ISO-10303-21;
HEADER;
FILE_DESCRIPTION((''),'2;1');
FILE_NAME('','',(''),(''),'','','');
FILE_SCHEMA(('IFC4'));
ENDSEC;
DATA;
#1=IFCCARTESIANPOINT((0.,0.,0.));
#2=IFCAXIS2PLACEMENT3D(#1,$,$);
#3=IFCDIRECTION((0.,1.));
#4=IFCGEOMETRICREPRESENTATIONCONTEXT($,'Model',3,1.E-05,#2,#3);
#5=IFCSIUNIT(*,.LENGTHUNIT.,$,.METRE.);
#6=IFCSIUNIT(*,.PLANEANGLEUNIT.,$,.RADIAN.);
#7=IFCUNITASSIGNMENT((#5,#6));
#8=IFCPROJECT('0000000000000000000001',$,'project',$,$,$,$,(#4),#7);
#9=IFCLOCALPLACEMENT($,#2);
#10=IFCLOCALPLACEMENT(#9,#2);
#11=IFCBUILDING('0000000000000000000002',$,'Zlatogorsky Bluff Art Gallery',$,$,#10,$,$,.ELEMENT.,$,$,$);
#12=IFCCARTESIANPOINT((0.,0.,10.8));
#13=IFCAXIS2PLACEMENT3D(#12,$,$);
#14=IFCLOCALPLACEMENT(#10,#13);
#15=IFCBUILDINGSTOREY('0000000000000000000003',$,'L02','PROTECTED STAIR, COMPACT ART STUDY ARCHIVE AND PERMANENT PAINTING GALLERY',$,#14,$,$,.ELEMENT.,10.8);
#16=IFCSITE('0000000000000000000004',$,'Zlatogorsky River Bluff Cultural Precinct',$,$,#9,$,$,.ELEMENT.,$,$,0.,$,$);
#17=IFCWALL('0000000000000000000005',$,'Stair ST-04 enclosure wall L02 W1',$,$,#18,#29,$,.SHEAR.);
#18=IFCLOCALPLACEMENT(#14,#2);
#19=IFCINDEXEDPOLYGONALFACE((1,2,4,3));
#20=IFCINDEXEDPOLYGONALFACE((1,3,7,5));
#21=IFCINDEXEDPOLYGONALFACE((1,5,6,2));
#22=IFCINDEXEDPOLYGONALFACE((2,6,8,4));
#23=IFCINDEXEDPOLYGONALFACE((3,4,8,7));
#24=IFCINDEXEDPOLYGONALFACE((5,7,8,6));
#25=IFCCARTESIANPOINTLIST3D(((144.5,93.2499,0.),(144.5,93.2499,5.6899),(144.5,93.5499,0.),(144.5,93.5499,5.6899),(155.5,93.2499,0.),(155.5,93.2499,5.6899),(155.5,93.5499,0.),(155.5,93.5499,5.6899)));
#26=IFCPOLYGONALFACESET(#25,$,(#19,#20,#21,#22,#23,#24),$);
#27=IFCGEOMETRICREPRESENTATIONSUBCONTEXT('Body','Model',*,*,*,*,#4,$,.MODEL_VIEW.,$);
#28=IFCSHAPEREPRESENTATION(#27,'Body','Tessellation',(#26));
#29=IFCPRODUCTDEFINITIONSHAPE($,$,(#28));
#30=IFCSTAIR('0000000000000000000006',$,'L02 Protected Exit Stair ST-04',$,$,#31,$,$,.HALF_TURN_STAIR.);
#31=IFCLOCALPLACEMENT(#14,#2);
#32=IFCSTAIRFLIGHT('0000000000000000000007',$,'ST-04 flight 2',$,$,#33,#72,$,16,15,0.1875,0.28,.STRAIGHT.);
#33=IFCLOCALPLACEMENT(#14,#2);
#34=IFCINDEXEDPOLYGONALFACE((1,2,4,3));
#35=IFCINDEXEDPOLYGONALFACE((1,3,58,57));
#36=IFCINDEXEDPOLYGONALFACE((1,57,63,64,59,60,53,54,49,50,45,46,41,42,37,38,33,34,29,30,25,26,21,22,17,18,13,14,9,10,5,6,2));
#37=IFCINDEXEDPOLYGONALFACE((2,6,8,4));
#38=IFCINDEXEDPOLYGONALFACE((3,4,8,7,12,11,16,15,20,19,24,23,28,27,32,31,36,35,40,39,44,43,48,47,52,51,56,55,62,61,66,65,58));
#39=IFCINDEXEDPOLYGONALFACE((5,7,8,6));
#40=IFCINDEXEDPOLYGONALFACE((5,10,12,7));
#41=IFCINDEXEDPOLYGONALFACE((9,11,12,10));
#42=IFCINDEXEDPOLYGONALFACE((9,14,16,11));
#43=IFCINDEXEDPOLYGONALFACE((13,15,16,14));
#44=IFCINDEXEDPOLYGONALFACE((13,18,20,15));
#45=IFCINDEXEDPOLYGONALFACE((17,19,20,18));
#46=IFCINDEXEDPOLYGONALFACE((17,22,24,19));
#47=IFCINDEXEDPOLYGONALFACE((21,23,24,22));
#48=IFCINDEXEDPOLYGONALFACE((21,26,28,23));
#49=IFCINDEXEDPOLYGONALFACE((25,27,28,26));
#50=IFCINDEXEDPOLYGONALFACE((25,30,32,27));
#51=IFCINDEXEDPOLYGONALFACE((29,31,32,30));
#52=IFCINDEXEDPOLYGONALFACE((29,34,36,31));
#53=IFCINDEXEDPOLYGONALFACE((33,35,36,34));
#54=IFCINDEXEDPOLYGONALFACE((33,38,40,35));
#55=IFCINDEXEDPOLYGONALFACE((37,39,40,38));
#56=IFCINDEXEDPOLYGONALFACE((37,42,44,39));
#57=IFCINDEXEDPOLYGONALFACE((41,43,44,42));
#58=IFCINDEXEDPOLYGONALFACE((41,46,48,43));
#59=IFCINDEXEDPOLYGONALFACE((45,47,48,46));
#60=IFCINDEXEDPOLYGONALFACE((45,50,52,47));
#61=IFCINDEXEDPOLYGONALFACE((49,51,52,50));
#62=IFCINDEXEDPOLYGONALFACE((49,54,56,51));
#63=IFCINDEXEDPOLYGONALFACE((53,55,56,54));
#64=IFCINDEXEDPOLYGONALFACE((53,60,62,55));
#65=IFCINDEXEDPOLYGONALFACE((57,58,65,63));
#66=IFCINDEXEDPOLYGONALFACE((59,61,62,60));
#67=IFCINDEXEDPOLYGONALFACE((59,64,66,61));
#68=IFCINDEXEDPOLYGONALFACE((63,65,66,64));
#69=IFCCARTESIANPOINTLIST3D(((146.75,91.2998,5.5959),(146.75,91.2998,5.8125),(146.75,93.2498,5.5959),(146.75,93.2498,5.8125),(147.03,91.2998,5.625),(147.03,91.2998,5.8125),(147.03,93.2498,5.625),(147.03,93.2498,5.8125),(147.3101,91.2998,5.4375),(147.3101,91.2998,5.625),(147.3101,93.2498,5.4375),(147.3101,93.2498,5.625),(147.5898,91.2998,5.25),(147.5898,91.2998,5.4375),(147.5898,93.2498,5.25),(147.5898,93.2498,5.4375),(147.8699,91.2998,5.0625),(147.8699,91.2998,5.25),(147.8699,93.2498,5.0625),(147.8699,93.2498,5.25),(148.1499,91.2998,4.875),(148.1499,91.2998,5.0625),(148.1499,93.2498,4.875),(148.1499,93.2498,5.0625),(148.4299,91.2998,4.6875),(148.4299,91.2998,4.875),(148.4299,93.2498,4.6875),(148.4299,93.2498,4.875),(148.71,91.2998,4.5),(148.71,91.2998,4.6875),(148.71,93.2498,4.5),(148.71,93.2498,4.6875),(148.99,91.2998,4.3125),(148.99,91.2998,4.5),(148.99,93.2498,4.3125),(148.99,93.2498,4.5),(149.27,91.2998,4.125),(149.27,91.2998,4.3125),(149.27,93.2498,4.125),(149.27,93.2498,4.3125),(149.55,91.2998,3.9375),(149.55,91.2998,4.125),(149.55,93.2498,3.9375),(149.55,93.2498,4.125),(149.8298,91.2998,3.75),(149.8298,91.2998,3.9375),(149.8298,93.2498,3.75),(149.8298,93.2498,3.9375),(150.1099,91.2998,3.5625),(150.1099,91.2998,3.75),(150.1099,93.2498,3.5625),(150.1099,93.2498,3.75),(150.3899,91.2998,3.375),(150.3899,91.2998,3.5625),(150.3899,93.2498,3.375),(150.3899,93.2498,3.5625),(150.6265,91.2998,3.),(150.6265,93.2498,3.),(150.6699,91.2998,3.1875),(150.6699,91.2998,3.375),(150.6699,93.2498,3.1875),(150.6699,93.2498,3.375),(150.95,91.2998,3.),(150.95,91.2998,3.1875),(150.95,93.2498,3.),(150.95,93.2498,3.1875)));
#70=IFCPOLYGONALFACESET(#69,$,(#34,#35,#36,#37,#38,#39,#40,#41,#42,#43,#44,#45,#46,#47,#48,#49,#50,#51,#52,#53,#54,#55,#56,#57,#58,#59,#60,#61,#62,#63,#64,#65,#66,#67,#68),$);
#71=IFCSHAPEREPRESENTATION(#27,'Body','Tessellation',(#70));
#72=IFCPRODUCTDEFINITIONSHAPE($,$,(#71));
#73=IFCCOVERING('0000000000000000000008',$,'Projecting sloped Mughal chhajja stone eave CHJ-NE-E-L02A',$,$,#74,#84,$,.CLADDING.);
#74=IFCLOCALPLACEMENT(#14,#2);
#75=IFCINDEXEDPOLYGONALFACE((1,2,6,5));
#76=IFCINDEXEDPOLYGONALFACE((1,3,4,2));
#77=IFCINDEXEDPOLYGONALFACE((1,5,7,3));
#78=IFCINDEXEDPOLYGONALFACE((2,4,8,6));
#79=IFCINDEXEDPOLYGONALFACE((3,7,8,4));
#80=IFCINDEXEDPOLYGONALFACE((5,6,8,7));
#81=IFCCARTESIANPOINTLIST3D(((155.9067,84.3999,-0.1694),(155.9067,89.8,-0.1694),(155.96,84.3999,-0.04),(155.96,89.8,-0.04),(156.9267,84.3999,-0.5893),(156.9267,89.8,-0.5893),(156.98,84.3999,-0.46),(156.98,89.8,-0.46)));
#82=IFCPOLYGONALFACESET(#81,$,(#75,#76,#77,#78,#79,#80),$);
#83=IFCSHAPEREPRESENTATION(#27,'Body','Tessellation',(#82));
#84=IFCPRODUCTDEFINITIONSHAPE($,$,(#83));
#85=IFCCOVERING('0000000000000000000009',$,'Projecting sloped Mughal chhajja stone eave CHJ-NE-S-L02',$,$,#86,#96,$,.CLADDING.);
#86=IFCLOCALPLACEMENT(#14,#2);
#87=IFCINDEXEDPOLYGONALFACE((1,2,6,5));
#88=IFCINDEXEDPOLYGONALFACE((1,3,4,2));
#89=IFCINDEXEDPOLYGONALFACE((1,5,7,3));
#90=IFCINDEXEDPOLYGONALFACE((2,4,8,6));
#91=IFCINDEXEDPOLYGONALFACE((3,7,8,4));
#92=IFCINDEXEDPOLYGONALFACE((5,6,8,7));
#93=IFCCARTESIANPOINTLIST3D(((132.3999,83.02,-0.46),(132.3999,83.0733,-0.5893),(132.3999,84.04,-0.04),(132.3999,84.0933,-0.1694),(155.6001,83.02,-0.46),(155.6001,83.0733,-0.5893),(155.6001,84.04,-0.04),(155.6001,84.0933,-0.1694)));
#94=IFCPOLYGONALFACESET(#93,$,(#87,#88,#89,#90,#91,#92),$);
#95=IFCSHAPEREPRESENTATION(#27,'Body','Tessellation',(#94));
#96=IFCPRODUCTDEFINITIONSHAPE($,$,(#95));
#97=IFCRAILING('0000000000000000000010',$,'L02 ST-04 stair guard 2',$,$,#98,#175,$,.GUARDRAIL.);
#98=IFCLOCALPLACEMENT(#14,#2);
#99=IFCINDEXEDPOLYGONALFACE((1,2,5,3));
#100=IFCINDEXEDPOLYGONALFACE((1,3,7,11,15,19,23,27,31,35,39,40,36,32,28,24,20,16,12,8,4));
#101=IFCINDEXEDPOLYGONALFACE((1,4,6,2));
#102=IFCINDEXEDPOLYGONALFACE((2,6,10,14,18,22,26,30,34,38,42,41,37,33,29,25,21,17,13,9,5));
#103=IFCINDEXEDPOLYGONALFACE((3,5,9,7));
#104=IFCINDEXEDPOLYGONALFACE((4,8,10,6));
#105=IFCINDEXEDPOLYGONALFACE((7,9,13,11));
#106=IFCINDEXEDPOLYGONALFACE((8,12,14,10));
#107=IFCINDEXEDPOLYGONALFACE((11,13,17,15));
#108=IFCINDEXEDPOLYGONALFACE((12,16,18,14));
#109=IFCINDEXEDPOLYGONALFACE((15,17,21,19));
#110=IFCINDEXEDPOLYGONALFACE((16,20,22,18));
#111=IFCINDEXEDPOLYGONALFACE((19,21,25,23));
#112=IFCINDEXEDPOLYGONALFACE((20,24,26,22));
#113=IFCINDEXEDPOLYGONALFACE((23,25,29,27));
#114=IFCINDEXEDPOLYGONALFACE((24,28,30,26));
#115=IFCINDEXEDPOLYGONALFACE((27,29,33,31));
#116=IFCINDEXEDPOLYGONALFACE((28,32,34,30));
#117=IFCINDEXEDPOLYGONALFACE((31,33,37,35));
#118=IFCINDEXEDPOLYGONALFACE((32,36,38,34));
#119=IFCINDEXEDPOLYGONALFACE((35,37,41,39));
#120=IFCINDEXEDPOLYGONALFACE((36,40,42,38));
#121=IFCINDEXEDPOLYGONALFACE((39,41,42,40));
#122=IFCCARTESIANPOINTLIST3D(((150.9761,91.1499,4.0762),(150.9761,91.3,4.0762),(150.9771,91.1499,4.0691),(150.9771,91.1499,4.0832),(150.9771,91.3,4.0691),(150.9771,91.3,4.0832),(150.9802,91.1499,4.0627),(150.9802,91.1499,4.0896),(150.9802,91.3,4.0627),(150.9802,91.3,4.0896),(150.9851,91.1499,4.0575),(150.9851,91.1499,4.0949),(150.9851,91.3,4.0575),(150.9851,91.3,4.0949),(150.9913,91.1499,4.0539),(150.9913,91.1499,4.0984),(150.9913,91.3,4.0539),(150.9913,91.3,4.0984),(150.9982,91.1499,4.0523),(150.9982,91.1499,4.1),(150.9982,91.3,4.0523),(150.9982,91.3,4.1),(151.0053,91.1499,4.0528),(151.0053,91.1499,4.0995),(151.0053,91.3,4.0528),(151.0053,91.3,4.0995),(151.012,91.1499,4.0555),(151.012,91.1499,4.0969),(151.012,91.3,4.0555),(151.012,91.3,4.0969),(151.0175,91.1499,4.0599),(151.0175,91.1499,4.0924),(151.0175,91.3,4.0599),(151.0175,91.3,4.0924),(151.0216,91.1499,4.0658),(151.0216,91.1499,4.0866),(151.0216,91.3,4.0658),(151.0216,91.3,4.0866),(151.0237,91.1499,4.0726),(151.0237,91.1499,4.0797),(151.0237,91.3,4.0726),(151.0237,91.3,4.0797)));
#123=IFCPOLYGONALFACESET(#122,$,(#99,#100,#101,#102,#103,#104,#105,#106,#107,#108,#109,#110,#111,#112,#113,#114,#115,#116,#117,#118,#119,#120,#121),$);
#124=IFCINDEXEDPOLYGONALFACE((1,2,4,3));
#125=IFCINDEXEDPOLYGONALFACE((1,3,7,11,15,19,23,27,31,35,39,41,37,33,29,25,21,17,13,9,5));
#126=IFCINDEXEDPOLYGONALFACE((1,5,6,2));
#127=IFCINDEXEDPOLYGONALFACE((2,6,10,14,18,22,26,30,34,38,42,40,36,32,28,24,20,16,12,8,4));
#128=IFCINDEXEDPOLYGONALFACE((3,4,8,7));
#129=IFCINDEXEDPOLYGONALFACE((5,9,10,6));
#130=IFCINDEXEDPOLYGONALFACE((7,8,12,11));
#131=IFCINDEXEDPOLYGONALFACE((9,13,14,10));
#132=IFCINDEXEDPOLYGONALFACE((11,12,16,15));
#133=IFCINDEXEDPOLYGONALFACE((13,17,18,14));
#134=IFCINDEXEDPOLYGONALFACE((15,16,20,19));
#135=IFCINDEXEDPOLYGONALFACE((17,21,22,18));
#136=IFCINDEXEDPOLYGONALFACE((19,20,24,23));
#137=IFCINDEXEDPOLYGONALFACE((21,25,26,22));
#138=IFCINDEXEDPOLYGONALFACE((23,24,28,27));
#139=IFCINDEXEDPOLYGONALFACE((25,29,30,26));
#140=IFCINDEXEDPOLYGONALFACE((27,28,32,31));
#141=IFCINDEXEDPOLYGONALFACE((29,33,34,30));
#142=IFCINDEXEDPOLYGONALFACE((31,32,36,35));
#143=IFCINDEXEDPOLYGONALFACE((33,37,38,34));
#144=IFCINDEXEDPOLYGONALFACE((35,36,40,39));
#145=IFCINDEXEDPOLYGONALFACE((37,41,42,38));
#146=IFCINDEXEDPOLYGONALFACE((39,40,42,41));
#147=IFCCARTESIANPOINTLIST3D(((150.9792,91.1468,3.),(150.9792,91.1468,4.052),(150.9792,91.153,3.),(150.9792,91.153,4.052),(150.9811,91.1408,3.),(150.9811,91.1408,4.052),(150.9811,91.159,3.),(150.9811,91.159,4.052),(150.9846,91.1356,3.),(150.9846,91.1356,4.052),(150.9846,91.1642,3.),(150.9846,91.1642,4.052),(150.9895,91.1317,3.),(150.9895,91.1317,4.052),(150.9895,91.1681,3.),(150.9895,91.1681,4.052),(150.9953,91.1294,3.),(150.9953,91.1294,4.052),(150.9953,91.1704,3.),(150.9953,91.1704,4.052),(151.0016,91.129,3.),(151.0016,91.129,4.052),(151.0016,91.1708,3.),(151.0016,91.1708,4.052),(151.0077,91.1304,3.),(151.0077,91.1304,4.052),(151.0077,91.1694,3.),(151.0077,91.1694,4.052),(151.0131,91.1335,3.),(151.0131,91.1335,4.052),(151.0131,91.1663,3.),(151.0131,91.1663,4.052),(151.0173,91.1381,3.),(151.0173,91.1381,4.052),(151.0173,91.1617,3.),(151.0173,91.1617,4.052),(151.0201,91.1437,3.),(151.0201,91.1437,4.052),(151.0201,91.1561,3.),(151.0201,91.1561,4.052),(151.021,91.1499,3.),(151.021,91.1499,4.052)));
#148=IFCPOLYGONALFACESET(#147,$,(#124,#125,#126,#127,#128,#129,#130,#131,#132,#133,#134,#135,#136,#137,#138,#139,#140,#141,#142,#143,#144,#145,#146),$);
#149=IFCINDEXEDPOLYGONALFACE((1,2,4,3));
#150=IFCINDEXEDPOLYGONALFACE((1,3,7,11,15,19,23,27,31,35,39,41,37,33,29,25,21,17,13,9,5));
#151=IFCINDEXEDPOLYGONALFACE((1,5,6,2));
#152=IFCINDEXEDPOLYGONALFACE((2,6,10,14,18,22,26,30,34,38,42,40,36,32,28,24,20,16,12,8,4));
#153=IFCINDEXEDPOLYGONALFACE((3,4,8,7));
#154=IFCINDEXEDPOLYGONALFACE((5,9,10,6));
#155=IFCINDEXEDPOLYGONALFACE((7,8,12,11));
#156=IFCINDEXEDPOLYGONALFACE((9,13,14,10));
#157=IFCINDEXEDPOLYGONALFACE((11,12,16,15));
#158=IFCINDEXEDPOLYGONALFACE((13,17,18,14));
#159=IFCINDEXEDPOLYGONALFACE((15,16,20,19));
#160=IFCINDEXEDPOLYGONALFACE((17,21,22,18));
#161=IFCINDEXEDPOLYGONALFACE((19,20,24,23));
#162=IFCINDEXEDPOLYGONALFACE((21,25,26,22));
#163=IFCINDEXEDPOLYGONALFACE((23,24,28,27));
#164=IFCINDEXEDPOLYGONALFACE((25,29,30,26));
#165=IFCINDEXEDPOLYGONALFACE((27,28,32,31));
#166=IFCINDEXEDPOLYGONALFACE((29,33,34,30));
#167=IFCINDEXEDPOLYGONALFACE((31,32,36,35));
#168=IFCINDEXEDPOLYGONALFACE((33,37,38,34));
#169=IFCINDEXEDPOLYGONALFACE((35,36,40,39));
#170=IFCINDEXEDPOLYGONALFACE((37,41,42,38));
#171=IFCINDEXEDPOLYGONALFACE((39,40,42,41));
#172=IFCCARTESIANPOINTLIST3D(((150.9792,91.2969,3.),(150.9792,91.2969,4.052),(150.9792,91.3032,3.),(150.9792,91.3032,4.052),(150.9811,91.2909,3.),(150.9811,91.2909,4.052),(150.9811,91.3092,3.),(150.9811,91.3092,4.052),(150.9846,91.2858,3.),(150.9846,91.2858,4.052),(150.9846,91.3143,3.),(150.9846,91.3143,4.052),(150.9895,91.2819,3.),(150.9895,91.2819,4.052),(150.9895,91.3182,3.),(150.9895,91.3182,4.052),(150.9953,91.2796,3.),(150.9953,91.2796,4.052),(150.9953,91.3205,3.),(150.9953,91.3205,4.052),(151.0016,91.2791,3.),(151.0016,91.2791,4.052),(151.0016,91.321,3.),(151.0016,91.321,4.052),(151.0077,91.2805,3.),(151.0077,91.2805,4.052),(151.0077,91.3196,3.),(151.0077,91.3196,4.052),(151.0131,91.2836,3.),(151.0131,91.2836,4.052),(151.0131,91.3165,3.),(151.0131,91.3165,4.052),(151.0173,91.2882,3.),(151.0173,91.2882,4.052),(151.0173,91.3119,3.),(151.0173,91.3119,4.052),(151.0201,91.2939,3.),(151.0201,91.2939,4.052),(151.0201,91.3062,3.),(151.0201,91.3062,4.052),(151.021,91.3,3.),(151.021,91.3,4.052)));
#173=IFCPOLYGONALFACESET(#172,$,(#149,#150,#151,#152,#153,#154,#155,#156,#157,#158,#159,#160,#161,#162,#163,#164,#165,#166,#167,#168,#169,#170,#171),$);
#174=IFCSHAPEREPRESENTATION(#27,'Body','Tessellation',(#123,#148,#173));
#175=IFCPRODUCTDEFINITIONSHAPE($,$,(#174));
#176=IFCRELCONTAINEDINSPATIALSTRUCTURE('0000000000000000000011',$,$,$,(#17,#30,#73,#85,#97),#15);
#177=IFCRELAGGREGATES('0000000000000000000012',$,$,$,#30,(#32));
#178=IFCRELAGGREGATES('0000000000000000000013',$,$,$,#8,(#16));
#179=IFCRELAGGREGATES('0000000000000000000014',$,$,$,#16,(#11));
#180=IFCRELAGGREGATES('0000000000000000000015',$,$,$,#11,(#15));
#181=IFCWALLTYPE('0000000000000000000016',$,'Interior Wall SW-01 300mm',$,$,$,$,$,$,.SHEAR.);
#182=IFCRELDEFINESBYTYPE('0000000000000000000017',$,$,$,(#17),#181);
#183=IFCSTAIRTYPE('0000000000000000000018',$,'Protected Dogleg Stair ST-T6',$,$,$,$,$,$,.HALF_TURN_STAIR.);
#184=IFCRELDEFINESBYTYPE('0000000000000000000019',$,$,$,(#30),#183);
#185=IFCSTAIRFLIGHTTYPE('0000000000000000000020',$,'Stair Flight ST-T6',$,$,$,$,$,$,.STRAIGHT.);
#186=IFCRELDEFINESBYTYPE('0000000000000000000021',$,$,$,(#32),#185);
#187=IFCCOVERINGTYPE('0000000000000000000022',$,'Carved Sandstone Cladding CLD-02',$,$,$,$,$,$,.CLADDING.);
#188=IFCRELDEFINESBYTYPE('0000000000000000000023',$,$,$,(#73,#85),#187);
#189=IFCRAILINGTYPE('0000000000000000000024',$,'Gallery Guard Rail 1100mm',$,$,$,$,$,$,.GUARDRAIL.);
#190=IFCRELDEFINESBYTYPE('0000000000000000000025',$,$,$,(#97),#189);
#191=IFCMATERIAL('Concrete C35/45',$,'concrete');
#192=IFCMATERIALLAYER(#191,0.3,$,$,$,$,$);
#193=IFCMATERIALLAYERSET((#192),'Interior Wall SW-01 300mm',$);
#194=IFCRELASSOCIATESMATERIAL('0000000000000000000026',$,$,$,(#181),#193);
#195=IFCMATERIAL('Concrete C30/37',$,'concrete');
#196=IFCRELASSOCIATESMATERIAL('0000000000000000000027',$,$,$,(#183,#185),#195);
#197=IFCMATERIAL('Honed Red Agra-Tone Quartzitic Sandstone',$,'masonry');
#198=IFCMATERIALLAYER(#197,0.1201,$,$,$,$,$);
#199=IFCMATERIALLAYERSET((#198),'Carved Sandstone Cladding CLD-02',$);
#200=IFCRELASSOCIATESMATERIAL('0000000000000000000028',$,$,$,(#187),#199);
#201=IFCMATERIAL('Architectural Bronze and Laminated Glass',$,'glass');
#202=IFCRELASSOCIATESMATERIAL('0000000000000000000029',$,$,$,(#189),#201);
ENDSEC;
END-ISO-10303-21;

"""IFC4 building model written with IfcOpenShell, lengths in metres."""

from ifc_helpers import new_model, si_unit, direction, frame, frame_2d, origin, origin_2d, place, context, subcontext, project, spatial, polyline, rectangle, circle, outline, extrude, material, layer, layer_set, type_object, element, aggregate, save


model = new_model("IFC4")

# Units and contexts
model_context = context("Model", 3, precision=1e-05, world=origin(), true_north=direction((0.0, 1.0)))
body_context = subcontext(model_context, "Body", "Model", "MODEL_VIEW")
ifc_project = project(units=[si_unit("LENGTHUNIT", "METRE"), si_unit("PLANEANGLEUNIT", "RADIAN")], contexts=[model_context])

# Site, building, storey
site_placement = place(None, origin())
site = spatial("IfcSite", under=ifc_project, at=site_placement, Name="Zlatogorsky River Bluff Cultural Precinct", CompositionType="ELEMENT", RefElevation=0.0)
building_placement = place(site_placement, origin())
building = spatial("IfcBuilding", under=site, at=building_placement, Name="Zlatogorsky Bluff Art Gallery", CompositionType="ELEMENT")
storey_placement = place(building_placement, frame((0.0, 0.0, 10.8)))
storey = spatial("IfcBuildingStorey", under=building, at=storey_placement, Name="L02", Description="PROTECTED STAIR, COMPACT ART STUDY ARCHIVE AND PERMANENT PAINTING GALLERY", CompositionType="ELEMENT", Elevation=10.8)

# Shared definitions
ifc_material_1 = material(Name="Concrete C30/37", Category="concrete")

# Wall
ifc_material_2 = material(Name="Concrete C35/45", Category="concrete")
ifc_layer_1 = layer(ifc_material_2, 0.3)
ifc_layer_set_1 = layer_set([ifc_layer_1], Name="Interior Wall SW-01 300mm")
wall_type_1 = type_object("IfcWallType", Name="Interior Wall SW-01 300mm", PredefinedType="SHEAR", material=ifc_layer_set_1)
wall_1_placement = place(storey_placement, frame((155.5, 93.3999, 0.0), z_axis=(0.0, 0.0, 1.0), x_axis=(-1.0, 0.0, 0.0)))
element("IfcWall", 1, at=wall_1_placement, inside=storey, type_object=wall_type_1, Name="Stair ST-04 enclosure wall L02 W1", PredefinedType="SHEAR", context=body_context, shape_type="SweptSolid", body=[
    extrude(rectangle(XDim=11.0, YDim=0.3, at=frame_2d((5.5, 0.0))), origin(), (0.0, 0.0, 1.0), 5.6899),
])

# Stair, stair flight
stair_type = type_object("IfcStairType", Name="Protected Dogleg Stair ST-T6", PredefinedType="HALF_TURN_STAIR", material=ifc_material_1)
stair_placement = place(storey_placement, origin())
stair = element("IfcStair", 2, at=stair_placement, inside=storey, type_object=stair_type, Name="L02 Protected Exit Stair ST-04", PredefinedType="HALF_TURN_STAIR")
stair_flight_type = type_object("IfcStairFlightType", Name="Stair Flight ST-T6", PredefinedType="STRAIGHT", material=ifc_material_1)
stair_flight_placement = place(storey_placement, frame((150.95, 92.2749, 3.0), z_axis=(0.0, 0.0, 1.0), x_axis=(-1.0, 0.0, 0.0)))
stair_flight = element("IfcStairFlight", 3, at=stair_flight_placement, type_object=stair_flight_type, Name="ST-04 flight 2", NumberOfRisers=16, NumberOfTreads=15, PredefinedType="STRAIGHT", RiserHeight=0.1875, TreadLength=0.28, context=body_context, shape_type="SweptSolid", body=[
    extrude(outline(polyline([(0.0, 0.0), (0.0, 0.1875), (0.28, 0.1875), (0.28, 0.375), (0.5601, 0.375), (0.5601, 0.5625), (0.8401, 0.5625), (0.8401, 0.75), (1.1201, 0.75), (1.1201, 0.9375), (1.3999, 0.9375), (1.3999, 1.125), (1.6799, 1.125), (1.6799, 1.3125), (1.96, 1.3125), (1.96, 1.5), (2.24, 1.5), (2.24, 1.6875), (2.52, 1.6875), (2.52, 1.875), (2.8, 1.875), (2.8, 2.0625), (3.0801, 2.0625), (3.0801, 2.25), (3.3601, 2.25), (3.3601, 2.4375), (3.6399, 2.4375), (3.6399, 2.625), (3.9199, 2.625), (3.9199, 2.8125), (4.2, 2.8125), (4.2, 3.0), (4.2, 2.5959), (0.3235, 0.0), (0.0, 0.0)])), frame((0.0, 0.9751, 0.0), z_axis=(0.0, -1.0, 0.0), x_axis=(1.0, 0.0, 0.0)), (0.0, 0.0, 1.0), 1.95),
])
aggregate(stair, [stair_flight])

# Coverings
ifc_material_3 = material(Name="Honed Red Agra-Tone Quartzitic Sandstone", Category="masonry")
ifc_layer_2 = layer(ifc_material_3, 0.1201)
ifc_layer_set_2 = layer_set([ifc_layer_2], Name="Carved Sandstone Cladding CLD-02")
covering_type = type_object("IfcCoveringType", Name="Carved Sandstone Cladding CLD-02", PredefinedType="CLADDING", material=ifc_layer_set_2)
covering_1_placement = place(storey_placement, frame((155.96, 89.8, -0.04), z_axis=(0.380683, 0.0, 0.924706), x_axis=(0.0, -1.0, 0.0)))
element("IfcCovering", 4, at=covering_1_placement, inside=storey, type_object=covering_type, Name="Projecting sloped Mughal chhajja stone eave CHJ-NE-E-L02A", PredefinedType="CLADDING", context=body_context, shape_type="SweptSolid", body=[
    extrude(outline(polyline([(0.0, 0.0), (5.4001, 0.0), (5.4001, 1.1031), (0.0, 1.1031), (0.0, 0.0)])), origin(), (0.0, 0.0, -1.0), 0.1399),
])
covering_2_placement = place(storey_placement, frame((155.6001, 84.04, -0.04), z_axis=(0.0, -0.380683, 0.924706), x_axis=(-1.0, 0.0, 0.0)))
element("IfcCovering", 5, at=covering_2_placement, inside=storey, type_object=covering_type, Name="Projecting sloped Mughal chhajja stone eave CHJ-NE-S-L02", PredefinedType="CLADDING", context=body_context, shape_type="SweptSolid", body=[
    extrude(outline(polyline([(0.0, 0.0), (23.2002, 0.0), (23.2002, 1.1031), (0.0, 1.1031), (0.0, 0.0)])), origin(), (0.0, 0.0, -1.0), 0.1399),
])

# Railing
ifc_material_4 = material(Name="Architectural Bronze and Laminated Glass", Category="glass")
railing_type_1 = type_object("IfcRailingType", Name="Gallery Guard Rail 1100mm", PredefinedType="GUARDRAIL", material=ifc_material_4)
railing_1_placement = place(storey_placement, frame((151.0, 91.1499, 3.0)))
element("IfcRailing", 6, at=railing_1_placement, inside=storey, type_object=railing_type_1, Name="L02 ST-04 stair guard 2", PredefinedType="GUARDRAIL", context=body_context, shape_type="SweptSolid", body=[
    extrude(circle(Radius=0.0239, at=origin_2d()), frame((0.0, 0.0, 1.0762), z_axis=(0.0, 1.0, 0.0), x_axis=(-1.0, 0.0, 0.0)), (0.0, 0.0, 1.0), 0.1501),
    extrude(circle(Radius=0.021, at=origin_2d()), origin(), (0.0, 0.0, 1.0), 1.052),
    extrude(circle(Radius=0.021, at=origin_2d()), frame((0.0, 0.1501, 0.0)), (0.0, 0.0, 1.0), 1.052),
])

save(model, "model.ifc")
